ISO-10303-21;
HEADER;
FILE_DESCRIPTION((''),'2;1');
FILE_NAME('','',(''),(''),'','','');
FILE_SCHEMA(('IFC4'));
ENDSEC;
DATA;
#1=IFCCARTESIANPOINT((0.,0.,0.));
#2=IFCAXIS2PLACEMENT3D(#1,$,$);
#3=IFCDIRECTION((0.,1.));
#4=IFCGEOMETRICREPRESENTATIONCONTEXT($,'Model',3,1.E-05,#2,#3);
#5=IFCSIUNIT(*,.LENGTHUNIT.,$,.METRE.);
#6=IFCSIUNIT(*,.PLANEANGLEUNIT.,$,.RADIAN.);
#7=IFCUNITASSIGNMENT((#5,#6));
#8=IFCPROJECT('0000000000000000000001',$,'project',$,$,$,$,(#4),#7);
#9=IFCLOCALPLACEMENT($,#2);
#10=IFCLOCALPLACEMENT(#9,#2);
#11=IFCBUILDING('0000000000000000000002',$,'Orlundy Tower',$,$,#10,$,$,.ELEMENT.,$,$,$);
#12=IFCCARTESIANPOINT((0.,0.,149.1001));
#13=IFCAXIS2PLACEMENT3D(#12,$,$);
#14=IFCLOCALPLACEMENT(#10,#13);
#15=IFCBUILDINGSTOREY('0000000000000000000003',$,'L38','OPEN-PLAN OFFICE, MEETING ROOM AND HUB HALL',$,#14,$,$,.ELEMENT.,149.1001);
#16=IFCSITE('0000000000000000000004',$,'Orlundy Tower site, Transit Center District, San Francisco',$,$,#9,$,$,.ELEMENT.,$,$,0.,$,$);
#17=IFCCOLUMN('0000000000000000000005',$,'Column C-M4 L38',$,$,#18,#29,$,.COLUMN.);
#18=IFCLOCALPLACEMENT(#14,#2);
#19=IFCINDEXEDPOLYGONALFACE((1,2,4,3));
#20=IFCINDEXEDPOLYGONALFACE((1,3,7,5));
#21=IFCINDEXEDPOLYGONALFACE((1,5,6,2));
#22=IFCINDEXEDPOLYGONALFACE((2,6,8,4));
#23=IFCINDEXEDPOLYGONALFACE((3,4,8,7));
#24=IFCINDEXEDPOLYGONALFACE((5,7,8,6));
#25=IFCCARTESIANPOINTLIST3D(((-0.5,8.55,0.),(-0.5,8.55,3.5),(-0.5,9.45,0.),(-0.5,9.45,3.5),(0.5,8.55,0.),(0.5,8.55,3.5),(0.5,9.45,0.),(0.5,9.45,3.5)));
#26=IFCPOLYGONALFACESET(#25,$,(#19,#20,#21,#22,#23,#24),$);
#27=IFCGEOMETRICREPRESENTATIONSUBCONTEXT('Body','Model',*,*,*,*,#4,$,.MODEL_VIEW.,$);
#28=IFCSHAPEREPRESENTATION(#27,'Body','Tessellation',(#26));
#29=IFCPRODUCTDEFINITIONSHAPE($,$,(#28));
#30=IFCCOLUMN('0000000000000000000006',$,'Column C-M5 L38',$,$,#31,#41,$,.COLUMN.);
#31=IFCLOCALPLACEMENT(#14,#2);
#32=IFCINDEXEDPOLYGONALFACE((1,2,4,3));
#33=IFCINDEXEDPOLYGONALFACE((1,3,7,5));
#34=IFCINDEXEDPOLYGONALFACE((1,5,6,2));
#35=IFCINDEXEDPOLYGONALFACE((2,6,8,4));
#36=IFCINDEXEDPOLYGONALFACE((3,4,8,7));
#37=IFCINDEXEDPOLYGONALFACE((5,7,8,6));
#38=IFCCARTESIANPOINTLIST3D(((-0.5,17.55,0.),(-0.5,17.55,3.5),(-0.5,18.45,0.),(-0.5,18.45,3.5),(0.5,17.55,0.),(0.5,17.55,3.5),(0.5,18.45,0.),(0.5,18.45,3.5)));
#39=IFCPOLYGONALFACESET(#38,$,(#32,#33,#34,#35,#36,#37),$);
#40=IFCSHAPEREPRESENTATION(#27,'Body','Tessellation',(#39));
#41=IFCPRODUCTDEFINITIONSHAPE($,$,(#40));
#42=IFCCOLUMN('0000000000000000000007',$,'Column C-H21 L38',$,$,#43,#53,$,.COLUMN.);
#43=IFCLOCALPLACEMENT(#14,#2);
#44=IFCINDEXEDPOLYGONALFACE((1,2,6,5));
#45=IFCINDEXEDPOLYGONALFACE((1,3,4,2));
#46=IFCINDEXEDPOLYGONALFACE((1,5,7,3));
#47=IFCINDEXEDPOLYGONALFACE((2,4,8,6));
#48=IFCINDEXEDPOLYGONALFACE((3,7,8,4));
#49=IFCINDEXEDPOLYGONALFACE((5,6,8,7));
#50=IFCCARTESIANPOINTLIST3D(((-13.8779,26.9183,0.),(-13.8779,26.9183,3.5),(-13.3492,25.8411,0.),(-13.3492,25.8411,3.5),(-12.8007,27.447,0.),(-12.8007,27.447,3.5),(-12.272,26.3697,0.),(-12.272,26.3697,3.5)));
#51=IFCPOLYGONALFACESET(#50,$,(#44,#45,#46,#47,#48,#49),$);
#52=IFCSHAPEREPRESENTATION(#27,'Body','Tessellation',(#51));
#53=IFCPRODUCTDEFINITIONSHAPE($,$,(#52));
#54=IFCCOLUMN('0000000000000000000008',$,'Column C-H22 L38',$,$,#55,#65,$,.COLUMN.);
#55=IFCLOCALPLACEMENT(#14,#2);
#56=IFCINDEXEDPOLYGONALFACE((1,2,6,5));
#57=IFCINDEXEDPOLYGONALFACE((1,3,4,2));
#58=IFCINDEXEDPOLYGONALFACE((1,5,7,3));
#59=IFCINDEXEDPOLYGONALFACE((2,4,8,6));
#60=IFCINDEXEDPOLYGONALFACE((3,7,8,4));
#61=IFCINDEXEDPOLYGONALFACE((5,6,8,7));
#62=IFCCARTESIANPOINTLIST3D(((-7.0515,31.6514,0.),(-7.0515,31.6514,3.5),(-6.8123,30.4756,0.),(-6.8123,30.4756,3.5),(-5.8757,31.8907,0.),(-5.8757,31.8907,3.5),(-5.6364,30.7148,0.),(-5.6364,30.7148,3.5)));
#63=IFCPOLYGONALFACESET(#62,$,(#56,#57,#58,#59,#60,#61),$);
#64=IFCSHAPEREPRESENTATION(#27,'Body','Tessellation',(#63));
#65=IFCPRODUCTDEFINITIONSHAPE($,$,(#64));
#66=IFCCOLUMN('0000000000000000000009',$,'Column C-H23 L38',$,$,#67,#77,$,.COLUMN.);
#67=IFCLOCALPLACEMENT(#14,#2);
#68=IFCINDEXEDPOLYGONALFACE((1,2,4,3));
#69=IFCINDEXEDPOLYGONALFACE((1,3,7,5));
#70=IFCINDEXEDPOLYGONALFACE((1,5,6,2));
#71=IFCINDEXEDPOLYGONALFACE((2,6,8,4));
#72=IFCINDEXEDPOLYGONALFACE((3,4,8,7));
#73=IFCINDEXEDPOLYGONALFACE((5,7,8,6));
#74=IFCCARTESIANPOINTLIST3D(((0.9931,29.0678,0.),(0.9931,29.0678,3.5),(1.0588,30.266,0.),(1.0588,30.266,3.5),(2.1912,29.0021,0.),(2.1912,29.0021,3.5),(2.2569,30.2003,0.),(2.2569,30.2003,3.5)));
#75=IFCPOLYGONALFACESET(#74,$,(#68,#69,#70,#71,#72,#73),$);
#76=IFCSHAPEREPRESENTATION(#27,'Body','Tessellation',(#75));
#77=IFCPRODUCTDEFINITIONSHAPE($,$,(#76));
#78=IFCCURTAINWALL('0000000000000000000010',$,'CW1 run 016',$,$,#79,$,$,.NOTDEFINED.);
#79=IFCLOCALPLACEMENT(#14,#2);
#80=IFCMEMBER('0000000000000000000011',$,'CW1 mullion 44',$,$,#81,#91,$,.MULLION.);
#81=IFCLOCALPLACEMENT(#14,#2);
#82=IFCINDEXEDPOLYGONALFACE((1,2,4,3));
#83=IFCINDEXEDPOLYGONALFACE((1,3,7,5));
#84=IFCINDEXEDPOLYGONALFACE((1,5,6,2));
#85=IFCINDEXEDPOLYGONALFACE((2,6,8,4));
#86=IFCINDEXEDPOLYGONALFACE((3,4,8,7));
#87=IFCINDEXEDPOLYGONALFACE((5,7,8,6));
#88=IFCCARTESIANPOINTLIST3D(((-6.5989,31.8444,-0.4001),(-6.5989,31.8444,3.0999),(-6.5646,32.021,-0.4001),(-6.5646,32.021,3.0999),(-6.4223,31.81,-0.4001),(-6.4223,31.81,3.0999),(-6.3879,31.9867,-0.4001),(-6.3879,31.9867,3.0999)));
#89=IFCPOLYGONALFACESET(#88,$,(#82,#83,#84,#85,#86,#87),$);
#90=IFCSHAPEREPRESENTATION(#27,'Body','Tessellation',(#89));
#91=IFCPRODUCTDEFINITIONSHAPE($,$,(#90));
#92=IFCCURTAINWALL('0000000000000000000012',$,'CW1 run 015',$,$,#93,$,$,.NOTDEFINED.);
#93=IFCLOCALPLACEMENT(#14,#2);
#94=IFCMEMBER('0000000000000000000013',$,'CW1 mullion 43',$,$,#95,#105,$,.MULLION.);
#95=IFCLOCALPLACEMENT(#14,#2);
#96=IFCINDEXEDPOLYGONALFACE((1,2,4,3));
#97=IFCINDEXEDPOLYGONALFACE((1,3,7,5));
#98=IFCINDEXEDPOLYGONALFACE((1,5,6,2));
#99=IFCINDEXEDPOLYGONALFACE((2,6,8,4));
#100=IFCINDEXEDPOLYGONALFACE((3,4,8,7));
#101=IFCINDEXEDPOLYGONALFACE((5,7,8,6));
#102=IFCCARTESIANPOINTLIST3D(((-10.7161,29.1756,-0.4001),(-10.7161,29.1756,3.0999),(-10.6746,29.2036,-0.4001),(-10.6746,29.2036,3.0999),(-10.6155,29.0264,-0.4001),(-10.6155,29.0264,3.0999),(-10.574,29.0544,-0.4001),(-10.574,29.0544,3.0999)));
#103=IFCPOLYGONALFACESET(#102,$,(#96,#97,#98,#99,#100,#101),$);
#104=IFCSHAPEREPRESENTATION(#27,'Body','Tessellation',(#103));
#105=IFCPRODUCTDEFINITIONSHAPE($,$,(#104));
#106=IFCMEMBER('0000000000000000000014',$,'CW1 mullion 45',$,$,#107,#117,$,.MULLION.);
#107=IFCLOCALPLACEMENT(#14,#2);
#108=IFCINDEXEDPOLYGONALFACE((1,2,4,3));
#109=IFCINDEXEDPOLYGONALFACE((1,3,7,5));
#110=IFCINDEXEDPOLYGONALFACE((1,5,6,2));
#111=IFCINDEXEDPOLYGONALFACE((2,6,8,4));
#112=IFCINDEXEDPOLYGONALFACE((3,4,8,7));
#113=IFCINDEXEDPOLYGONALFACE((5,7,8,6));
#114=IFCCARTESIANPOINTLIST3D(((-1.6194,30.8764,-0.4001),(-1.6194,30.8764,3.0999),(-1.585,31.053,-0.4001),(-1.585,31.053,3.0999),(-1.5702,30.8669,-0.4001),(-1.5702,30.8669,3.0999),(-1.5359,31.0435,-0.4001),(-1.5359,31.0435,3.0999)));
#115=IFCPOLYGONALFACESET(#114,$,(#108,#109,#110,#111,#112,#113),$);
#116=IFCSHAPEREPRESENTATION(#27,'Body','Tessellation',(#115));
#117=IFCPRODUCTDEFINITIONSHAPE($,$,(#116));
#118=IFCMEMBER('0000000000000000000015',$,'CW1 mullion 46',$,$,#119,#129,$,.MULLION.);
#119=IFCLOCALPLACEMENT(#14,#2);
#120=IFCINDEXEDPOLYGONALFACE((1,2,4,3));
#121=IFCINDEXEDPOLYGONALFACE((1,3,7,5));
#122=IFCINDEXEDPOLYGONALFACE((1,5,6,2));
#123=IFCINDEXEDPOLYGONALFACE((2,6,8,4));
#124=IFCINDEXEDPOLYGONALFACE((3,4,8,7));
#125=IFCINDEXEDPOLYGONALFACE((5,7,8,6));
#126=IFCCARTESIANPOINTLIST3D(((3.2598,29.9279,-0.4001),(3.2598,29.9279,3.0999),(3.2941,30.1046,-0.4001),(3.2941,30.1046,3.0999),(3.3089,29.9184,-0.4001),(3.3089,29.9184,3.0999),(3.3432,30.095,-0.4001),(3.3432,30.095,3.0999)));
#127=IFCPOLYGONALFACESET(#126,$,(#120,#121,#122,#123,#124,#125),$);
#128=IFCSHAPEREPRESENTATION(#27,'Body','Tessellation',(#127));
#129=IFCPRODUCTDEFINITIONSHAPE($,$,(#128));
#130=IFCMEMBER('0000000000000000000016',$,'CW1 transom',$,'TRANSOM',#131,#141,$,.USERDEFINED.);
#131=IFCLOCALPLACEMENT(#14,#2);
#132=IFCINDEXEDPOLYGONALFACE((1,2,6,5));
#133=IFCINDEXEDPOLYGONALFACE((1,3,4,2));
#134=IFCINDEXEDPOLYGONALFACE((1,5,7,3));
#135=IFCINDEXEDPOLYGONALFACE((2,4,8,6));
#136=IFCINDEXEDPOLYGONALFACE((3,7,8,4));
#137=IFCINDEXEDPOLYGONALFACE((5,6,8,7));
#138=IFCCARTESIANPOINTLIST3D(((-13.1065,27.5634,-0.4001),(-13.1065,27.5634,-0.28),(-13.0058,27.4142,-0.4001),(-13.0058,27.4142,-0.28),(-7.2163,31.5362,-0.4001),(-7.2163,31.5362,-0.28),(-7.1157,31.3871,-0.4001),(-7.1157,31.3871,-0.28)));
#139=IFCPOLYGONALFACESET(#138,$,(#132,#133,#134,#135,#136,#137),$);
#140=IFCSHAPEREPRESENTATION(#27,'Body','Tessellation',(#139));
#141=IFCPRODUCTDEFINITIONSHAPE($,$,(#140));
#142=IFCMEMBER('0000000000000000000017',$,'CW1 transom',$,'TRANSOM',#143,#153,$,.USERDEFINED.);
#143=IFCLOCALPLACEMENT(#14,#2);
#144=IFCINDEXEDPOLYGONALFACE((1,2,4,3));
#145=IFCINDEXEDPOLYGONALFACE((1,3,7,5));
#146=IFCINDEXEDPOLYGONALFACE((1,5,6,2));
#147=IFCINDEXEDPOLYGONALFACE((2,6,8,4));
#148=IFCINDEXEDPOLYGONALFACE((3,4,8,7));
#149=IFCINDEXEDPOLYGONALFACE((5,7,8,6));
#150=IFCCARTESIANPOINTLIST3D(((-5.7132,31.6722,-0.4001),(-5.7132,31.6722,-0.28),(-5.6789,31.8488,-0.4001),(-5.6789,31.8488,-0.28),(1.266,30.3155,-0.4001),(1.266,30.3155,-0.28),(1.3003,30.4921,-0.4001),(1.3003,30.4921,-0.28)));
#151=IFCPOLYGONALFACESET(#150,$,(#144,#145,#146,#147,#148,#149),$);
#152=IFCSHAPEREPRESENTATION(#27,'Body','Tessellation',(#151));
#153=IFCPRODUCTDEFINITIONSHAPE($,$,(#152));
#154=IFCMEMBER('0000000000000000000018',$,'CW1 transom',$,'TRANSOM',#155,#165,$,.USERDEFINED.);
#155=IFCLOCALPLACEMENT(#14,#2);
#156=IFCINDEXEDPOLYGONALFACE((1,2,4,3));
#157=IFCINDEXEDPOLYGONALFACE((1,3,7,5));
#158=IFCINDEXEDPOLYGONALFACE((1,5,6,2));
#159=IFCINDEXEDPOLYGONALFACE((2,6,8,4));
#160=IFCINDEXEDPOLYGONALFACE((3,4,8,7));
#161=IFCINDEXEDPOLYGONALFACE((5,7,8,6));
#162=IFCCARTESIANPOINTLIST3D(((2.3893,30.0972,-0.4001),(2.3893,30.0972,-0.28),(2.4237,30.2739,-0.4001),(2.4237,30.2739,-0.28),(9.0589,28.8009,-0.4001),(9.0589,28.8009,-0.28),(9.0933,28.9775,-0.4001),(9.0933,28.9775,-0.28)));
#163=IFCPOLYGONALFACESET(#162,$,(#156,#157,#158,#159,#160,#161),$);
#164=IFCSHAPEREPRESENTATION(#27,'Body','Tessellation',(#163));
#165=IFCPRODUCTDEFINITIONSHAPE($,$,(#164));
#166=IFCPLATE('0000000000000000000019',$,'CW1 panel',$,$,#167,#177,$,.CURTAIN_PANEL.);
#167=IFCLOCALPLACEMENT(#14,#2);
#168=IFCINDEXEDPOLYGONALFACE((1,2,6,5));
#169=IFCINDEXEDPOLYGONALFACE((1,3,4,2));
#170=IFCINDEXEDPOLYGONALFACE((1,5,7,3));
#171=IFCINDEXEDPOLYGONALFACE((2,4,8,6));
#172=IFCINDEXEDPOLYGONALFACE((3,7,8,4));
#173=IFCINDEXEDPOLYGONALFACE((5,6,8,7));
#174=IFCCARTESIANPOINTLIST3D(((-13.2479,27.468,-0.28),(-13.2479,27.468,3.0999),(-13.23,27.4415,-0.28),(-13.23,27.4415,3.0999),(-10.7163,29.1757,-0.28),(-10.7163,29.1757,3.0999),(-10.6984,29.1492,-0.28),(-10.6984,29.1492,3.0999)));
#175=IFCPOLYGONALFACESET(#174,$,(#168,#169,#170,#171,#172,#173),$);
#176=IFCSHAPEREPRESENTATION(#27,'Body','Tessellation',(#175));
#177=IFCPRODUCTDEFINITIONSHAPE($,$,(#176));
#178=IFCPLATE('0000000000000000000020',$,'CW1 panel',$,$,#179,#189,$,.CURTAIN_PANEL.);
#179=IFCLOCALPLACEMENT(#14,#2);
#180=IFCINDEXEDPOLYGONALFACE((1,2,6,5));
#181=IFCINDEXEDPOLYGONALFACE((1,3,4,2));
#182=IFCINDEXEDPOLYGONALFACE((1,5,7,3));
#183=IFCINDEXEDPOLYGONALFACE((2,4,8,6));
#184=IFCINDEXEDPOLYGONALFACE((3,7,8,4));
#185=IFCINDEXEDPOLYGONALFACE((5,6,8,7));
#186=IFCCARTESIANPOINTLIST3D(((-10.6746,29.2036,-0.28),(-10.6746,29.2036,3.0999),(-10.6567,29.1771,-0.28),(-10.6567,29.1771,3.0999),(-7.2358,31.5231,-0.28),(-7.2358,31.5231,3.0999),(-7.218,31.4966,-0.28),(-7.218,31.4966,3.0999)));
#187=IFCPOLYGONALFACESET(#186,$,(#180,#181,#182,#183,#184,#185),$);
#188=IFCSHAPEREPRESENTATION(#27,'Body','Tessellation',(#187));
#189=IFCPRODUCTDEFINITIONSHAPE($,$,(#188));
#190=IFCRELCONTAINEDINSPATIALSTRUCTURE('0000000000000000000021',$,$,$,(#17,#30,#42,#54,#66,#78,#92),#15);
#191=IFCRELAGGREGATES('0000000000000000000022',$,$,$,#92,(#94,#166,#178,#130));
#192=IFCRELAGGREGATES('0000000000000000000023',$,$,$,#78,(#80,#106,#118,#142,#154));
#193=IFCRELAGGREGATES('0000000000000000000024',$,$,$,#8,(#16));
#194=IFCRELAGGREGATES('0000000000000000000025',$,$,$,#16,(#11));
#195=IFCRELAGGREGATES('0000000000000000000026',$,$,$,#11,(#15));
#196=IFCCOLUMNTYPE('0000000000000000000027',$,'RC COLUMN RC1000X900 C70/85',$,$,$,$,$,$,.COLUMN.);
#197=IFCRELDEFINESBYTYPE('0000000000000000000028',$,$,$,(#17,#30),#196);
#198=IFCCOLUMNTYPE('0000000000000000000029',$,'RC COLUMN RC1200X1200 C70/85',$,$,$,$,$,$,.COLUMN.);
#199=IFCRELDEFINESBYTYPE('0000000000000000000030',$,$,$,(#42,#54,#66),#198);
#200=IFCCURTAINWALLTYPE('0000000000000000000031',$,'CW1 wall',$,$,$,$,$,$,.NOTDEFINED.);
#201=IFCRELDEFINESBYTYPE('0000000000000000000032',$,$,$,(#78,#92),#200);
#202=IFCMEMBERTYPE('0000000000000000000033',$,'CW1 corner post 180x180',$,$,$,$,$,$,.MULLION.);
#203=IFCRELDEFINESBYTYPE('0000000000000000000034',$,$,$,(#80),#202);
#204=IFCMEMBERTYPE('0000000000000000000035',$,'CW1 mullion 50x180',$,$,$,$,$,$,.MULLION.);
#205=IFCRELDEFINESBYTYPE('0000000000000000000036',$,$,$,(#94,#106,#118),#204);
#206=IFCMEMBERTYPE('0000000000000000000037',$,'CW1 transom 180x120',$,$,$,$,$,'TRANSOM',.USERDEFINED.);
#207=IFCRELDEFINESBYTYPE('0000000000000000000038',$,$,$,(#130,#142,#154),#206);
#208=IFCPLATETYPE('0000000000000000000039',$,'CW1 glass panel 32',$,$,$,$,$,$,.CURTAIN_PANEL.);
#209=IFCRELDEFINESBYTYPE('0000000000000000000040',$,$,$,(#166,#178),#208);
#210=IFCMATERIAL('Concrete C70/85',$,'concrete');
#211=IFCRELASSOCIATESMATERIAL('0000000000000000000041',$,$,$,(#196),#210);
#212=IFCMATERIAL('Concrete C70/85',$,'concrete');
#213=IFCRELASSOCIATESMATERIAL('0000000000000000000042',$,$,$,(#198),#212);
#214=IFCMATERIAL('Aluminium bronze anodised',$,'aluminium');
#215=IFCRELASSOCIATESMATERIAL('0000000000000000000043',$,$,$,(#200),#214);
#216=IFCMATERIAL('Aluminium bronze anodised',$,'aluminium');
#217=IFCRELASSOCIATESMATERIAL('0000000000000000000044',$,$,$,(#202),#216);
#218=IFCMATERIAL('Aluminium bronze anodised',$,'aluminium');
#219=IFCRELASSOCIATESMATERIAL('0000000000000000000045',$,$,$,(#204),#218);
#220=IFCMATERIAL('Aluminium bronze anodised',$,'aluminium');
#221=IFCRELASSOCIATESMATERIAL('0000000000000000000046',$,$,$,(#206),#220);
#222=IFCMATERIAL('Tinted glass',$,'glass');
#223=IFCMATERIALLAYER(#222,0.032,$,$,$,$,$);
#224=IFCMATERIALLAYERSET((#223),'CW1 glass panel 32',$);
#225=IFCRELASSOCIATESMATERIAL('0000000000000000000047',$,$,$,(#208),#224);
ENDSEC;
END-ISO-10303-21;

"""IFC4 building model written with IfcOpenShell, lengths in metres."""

from ifc_helpers import new_model, si_unit, direction, frame, origin, origin_2d, place, context, subcontext, project, spatial, rectangle, extrude, material, layer, layer_set, material_profile, profile_set, type_object, element, aggregate, save


model = new_model("IFC4")

# Units and contexts
model_context = context("Model", 3, precision=1e-05, world=origin(), true_north=direction((0.0, 1.0)))
body_context = subcontext(model_context, "Body", "Model", "MODEL_VIEW")
ifc_project = project(units=[si_unit("LENGTHUNIT", "METRE"), si_unit("PLANEANGLEUNIT", "RADIAN")], contexts=[model_context])

# Site, building, storey
site_placement = place(None, origin())
site = spatial("IfcSite", under=ifc_project, at=site_placement, Name="Orlundy Tower site, Transit Center District, San Francisco", CompositionType="ELEMENT", RefElevation=0.0)
building_placement = place(site_placement, origin())
building = spatial("IfcBuilding", under=site, at=building_placement, Name="Orlundy Tower", CompositionType="ELEMENT")
storey_placement = place(building_placement, frame((0.0, 0.0, 149.1001)))
storey = spatial("IfcBuildingStorey", under=building, at=storey_placement, Name="L38", Description="OPEN-PLAN OFFICE, MEETING ROOM AND HUB HALL", CompositionType="ELEMENT", Elevation=149.1001)

# Columns
ifc_material_1 = material(Name="Concrete C70/85", Category="concrete")
ifc_material_profile_1 = material_profile(ifc_material_1, rectangle(XDim=1.0, YDim=0.8999, at=origin_2d()), Name="RC1000X900")
ifc_profile_set_1 = profile_set([ifc_material_profile_1], Name="Concrete C70/85")
column_type_1 = type_object("IfcColumnType", Name="RC COLUMN RC1000X900 C70/85", PredefinedType="COLUMN", material=ifc_profile_set_1)
for number, where, z_axis, x_axis, name in (
    (1, (0.0, 9.0, 0.0), (0.0, 0.0, 1.0), (1.0, 0.0, 0.0), "Column C-M4 L38"),
    (2, (0.0, 18.0, 0.0), (0.0, 0.0, 1.0), (1.0, 0.0, 0.0), "Column C-M5 L38"),
):
    element("IfcColumn", number, at=place(storey_placement, frame(where, z_axis=z_axis, x_axis=x_axis)), inside=storey, type_object=column_type_1, Name=name, PredefinedType="COLUMN", context=body_context, shape_type="SweptSolid", body=[
        extrude(rectangle(XDim=1.0, YDim=0.8999, at=origin_2d()), origin(), (0.0, 0.0, 1.0), 3.5),
    ])
ifc_material_2 = material(Name="Concrete C70/85", Category="concrete")
ifc_material_profile_2 = material_profile(ifc_material_2, rectangle(XDim=1.2, YDim=1.2, at=origin_2d()), Name="RC1200X1200")
ifc_profile_set_2 = profile_set([ifc_material_profile_2], Name="Concrete C70/85")
column_type_2 = type_object("IfcColumnType", Name="RC COLUMN RC1200X1200 C70/85", PredefinedType="COLUMN", material=ifc_profile_set_2)
for number, where, z_axis, x_axis, name in (
    (3, (-13.075, 26.644, 0.0), (0.0, 0.0, 1.0), (-0.44055, 0.897728, 0.0), "Column C-H21 L38"),
    (4, (-6.344, 31.1831, 0.0), (0.0, 0.0, 1.0), (-0.199368, 0.979925, 0.0), "Column C-H22 L38"),
    (5, (1.625, 29.634, 0.0), (0.0, 0.0, 1.0), (0.054758, 0.9985, 0.0), "Column C-H23 L38"),
):
    element("IfcColumn", number, at=place(storey_placement, frame(where, z_axis=z_axis, x_axis=x_axis)), inside=storey, type_object=column_type_2, Name=name, PredefinedType="COLUMN", context=body_context, shape_type="SweptSolid", body=[
        extrude(rectangle(XDim=1.2, YDim=1.2, at=origin_2d()), origin(), (0.0, 0.0, 1.0), 3.5),
    ])

# Curtain walls, members
ifc_material_3 = material(Name="Aluminium bronze anodised", Category="aluminium")
curtain_wall_type = type_object("IfcCurtainWallType", Name="CW1 wall", PredefinedType="NOTDEFINED", material=ifc_material_3)
curtain_wall_1_placement = place(storey_placement, origin())
curtain_wall_1 = element("IfcCurtainWall", 6, at=curtain_wall_1_placement, inside=storey, type_object=curtain_wall_type, Name="CW1 run 016", PredefinedType="NOTDEFINED")
ifc_material_4 = material(Name="Aluminium bronze anodised", Category="aluminium")
ifc_material_profile_3 = material_profile(ifc_material_4, rectangle(XDim=0.1799, YDim=0.1799, at=origin_2d()), Name="CW1 corner post 180x180")
ifc_profile_set_3 = profile_set([ifc_material_profile_3], Name="Aluminium bronze anodised")
member_type_1 = type_object("IfcMemberType", Name="CW1 corner post 180x180", PredefinedType="MULLION", material=ifc_profile_set_3)
member_1_placement = place(storey_placement, frame((-6.4934, 31.9155, -0.4001), z_axis=(0.0, 0.0, 1.0), x_axis=(0.190805, 0.981628, 0.0)))
member_1 = element("IfcMember", 7, at=member_1_placement, type_object=member_type_1, Name="CW1 mullion 44", PredefinedType="MULLION", context=body_context, shape_type="SweptSolid", body=[
    extrude(rectangle(XDim=0.1799, YDim=0.1799, at=origin_2d()), origin(), (0.0, 0.0, 1.0), 3.5),
])
curtain_wall_2_placement = place(storey_placement, origin())
curtain_wall_2 = element("IfcCurtainWall", 8, at=curtain_wall_2_placement, inside=storey, type_object=curtain_wall_type, Name="CW1 run 015", PredefinedType="NOTDEFINED")
ifc_material_5 = material(Name="Aluminium bronze anodised", Category="aluminium")
ifc_material_profile_4 = material_profile(ifc_material_5, rectangle(XDim=0.1799, YDim=0.05, at=origin_2d()), Name="CW1 mullion 50x180")
ifc_profile_set_4 = profile_set([ifc_material_profile_4], Name="Aluminium bronze anodised")
member_type_2 = type_object("IfcMemberType", Name="CW1 mullion 50x180", PredefinedType="MULLION", material=ifc_profile_set_4)
member_2_placement = place(storey_placement, frame((-10.645, 29.115, -0.4001), z_axis=(0.0, 0.0, 1.0), x_axis=(-0.559205, 0.82903, 0.0)))
member_2 = element("IfcMember", 9, at=member_2_placement, type_object=member_type_2, Name="CW1 mullion 43", PredefinedType="MULLION", context=body_context, shape_type="SweptSolid", body=[
    extrude(rectangle(XDim=0.1799, YDim=0.05, at=origin_2d()), origin(), (0.0, 0.0, 1.0), 3.5),
])

# Members
member_3_placement = place(storey_placement, frame((-1.5776, 30.96, -0.4001), z_axis=(0.0, 0.0, 1.0), x_axis=(0.190805, 0.981628, 0.0)))
member_3 = element("IfcMember", 10, at=member_3_placement, type_object=member_type_2, Name="CW1 mullion 45", PredefinedType="MULLION", context=body_context, shape_type="SweptSolid", body=[
    extrude(rectangle(XDim=0.1799, YDim=0.05, at=origin_2d()), origin(), (0.0, 0.0, 1.0), 3.5),
])
member_4_placement = place(storey_placement, frame((3.3015, 30.0115, -0.4001), z_axis=(0.0, 0.0, 1.0), x_axis=(0.190805, 0.981628, 0.0)))
member_4 = element("IfcMember", 11, at=member_4_placement, type_object=member_type_2, Name="CW1 mullion 46", PredefinedType="MULLION", context=body_context, shape_type="SweptSolid", body=[
    extrude(rectangle(XDim=0.1799, YDim=0.05, at=origin_2d()), origin(), (0.0, 0.0, 1.0), 3.5),
])
ifc_material_6 = material(Name="Aluminium bronze anodised", Category="aluminium")
ifc_material_profile_5 = material_profile(ifc_material_6, rectangle(XDim=0.1799, YDim=0.1201, at=origin_2d()), Name="CW1 transom 180x120")
ifc_profile_set_5 = profile_set([ifc_material_profile_5], Name="Aluminium bronze anodised")
member_type_3 = type_object("IfcMemberType", Name="CW1 transom 180x120", ElementType="TRANSOM", PredefinedType="USERDEFINED", material=ifc_profile_set_5)
member_5_placement = place(storey_placement, frame((-13.0562, 27.4888, -0.3401), z_axis=(0.829041, 0.559188, 0.0), x_axis=(-0.559188, 0.829041, 0.0)))
member_5 = element("IfcMember", 12, at=member_5_placement, type_object=member_type_3, Name="CW1 transom", ObjectType="TRANSOM", PredefinedType="USERDEFINED", context=body_context, shape_type="SweptSolid", body=[
    extrude(rectangle(XDim=0.1799, YDim=0.1201, at=origin_2d()), origin(), (0.0, 0.0, 1.0), 7.1047),
])
member_6_placement = place(storey_placement, frame((-5.696, 31.7605, -0.3401), z_axis=(0.981626, -0.190817, 0.0), x_axis=(0.190817, 0.981626, 0.0)))
member_6 = element("IfcMember", 13, at=member_6_placement, type_object=member_type_3, Name="CW1 transom", ObjectType="TRANSOM", PredefinedType="USERDEFINED", context=body_context, shape_type="SweptSolid", body=[
    extrude(rectangle(XDim=0.1799, YDim=0.1201, at=origin_2d()), origin(), (0.0, 0.0, 1.0), 7.1099),
])
member_7_placement = place(storey_placement, frame((2.4065, 30.1855, -0.3401), z_axis=(0.981629, -0.190799, 0.0), x_axis=(0.190799, 0.981629, 0.0)))
member_7 = element("IfcMember", 14, at=member_7_placement, type_object=member_type_3, Name="CW1 transom", ObjectType="TRANSOM", PredefinedType="USERDEFINED", context=body_context, shape_type="SweptSolid", body=[
    extrude(rectangle(XDim=0.1799, YDim=0.1201, at=origin_2d()), origin(), (0.0, 0.0, 1.0), 6.7944),
])

# Plates
ifc_material_7 = material(Name="Tinted glass", Category="glass")
ifc_layer_1 = layer(ifc_material_7, 0.032)
ifc_layer_set_1 = layer_set([ifc_layer_1], Name="CW1 glass panel 32")
plate_type = type_object("IfcPlateType", Name="CW1 glass panel 32", PredefinedType="CURTAIN_PANEL", material=ifc_layer_set_1)
plate_1_placement = place(storey_placement, frame((-11.9731, 28.3086, -0.28), z_axis=(0.0, 0.0, 1.0), x_axis=(0.82903, 0.559205, 0.0)))
plate_1 = element("IfcPlate", 15, at=plate_1_placement, type_object=plate_type, Name="CW1 panel", PredefinedType="CURTAIN_PANEL", context=body_context, shape_type="SweptSolid", body=[
    extrude(rectangle(XDim=3.0537, YDim=0.032, at=origin_2d()), origin(), (0.0, 0.0, 1.0), 3.3799),
])
plate_2_placement = place(storey_placement, frame((-8.9463, 30.3501, -0.28), z_axis=(0.0, 0.0, 1.0), x_axis=(0.82903, 0.559205, 0.0)))
plate_2 = element("IfcPlate", 16, at=plate_2_placement, type_object=plate_type, Name="CW1 panel", PredefinedType="CURTAIN_PANEL", context=body_context, shape_type="SweptSolid", body=[
    extrude(rectangle(XDim=4.1479, YDim=0.032, at=origin_2d()), origin(), (0.0, 0.0, 1.0), 3.3799),
])
aggregate(curtain_wall_2, [member_2, plate_1, plate_2, member_5])
aggregate(curtain_wall_1, [member_1, member_3, member_4, member_6, member_7])

save(model, "model.ifc")
